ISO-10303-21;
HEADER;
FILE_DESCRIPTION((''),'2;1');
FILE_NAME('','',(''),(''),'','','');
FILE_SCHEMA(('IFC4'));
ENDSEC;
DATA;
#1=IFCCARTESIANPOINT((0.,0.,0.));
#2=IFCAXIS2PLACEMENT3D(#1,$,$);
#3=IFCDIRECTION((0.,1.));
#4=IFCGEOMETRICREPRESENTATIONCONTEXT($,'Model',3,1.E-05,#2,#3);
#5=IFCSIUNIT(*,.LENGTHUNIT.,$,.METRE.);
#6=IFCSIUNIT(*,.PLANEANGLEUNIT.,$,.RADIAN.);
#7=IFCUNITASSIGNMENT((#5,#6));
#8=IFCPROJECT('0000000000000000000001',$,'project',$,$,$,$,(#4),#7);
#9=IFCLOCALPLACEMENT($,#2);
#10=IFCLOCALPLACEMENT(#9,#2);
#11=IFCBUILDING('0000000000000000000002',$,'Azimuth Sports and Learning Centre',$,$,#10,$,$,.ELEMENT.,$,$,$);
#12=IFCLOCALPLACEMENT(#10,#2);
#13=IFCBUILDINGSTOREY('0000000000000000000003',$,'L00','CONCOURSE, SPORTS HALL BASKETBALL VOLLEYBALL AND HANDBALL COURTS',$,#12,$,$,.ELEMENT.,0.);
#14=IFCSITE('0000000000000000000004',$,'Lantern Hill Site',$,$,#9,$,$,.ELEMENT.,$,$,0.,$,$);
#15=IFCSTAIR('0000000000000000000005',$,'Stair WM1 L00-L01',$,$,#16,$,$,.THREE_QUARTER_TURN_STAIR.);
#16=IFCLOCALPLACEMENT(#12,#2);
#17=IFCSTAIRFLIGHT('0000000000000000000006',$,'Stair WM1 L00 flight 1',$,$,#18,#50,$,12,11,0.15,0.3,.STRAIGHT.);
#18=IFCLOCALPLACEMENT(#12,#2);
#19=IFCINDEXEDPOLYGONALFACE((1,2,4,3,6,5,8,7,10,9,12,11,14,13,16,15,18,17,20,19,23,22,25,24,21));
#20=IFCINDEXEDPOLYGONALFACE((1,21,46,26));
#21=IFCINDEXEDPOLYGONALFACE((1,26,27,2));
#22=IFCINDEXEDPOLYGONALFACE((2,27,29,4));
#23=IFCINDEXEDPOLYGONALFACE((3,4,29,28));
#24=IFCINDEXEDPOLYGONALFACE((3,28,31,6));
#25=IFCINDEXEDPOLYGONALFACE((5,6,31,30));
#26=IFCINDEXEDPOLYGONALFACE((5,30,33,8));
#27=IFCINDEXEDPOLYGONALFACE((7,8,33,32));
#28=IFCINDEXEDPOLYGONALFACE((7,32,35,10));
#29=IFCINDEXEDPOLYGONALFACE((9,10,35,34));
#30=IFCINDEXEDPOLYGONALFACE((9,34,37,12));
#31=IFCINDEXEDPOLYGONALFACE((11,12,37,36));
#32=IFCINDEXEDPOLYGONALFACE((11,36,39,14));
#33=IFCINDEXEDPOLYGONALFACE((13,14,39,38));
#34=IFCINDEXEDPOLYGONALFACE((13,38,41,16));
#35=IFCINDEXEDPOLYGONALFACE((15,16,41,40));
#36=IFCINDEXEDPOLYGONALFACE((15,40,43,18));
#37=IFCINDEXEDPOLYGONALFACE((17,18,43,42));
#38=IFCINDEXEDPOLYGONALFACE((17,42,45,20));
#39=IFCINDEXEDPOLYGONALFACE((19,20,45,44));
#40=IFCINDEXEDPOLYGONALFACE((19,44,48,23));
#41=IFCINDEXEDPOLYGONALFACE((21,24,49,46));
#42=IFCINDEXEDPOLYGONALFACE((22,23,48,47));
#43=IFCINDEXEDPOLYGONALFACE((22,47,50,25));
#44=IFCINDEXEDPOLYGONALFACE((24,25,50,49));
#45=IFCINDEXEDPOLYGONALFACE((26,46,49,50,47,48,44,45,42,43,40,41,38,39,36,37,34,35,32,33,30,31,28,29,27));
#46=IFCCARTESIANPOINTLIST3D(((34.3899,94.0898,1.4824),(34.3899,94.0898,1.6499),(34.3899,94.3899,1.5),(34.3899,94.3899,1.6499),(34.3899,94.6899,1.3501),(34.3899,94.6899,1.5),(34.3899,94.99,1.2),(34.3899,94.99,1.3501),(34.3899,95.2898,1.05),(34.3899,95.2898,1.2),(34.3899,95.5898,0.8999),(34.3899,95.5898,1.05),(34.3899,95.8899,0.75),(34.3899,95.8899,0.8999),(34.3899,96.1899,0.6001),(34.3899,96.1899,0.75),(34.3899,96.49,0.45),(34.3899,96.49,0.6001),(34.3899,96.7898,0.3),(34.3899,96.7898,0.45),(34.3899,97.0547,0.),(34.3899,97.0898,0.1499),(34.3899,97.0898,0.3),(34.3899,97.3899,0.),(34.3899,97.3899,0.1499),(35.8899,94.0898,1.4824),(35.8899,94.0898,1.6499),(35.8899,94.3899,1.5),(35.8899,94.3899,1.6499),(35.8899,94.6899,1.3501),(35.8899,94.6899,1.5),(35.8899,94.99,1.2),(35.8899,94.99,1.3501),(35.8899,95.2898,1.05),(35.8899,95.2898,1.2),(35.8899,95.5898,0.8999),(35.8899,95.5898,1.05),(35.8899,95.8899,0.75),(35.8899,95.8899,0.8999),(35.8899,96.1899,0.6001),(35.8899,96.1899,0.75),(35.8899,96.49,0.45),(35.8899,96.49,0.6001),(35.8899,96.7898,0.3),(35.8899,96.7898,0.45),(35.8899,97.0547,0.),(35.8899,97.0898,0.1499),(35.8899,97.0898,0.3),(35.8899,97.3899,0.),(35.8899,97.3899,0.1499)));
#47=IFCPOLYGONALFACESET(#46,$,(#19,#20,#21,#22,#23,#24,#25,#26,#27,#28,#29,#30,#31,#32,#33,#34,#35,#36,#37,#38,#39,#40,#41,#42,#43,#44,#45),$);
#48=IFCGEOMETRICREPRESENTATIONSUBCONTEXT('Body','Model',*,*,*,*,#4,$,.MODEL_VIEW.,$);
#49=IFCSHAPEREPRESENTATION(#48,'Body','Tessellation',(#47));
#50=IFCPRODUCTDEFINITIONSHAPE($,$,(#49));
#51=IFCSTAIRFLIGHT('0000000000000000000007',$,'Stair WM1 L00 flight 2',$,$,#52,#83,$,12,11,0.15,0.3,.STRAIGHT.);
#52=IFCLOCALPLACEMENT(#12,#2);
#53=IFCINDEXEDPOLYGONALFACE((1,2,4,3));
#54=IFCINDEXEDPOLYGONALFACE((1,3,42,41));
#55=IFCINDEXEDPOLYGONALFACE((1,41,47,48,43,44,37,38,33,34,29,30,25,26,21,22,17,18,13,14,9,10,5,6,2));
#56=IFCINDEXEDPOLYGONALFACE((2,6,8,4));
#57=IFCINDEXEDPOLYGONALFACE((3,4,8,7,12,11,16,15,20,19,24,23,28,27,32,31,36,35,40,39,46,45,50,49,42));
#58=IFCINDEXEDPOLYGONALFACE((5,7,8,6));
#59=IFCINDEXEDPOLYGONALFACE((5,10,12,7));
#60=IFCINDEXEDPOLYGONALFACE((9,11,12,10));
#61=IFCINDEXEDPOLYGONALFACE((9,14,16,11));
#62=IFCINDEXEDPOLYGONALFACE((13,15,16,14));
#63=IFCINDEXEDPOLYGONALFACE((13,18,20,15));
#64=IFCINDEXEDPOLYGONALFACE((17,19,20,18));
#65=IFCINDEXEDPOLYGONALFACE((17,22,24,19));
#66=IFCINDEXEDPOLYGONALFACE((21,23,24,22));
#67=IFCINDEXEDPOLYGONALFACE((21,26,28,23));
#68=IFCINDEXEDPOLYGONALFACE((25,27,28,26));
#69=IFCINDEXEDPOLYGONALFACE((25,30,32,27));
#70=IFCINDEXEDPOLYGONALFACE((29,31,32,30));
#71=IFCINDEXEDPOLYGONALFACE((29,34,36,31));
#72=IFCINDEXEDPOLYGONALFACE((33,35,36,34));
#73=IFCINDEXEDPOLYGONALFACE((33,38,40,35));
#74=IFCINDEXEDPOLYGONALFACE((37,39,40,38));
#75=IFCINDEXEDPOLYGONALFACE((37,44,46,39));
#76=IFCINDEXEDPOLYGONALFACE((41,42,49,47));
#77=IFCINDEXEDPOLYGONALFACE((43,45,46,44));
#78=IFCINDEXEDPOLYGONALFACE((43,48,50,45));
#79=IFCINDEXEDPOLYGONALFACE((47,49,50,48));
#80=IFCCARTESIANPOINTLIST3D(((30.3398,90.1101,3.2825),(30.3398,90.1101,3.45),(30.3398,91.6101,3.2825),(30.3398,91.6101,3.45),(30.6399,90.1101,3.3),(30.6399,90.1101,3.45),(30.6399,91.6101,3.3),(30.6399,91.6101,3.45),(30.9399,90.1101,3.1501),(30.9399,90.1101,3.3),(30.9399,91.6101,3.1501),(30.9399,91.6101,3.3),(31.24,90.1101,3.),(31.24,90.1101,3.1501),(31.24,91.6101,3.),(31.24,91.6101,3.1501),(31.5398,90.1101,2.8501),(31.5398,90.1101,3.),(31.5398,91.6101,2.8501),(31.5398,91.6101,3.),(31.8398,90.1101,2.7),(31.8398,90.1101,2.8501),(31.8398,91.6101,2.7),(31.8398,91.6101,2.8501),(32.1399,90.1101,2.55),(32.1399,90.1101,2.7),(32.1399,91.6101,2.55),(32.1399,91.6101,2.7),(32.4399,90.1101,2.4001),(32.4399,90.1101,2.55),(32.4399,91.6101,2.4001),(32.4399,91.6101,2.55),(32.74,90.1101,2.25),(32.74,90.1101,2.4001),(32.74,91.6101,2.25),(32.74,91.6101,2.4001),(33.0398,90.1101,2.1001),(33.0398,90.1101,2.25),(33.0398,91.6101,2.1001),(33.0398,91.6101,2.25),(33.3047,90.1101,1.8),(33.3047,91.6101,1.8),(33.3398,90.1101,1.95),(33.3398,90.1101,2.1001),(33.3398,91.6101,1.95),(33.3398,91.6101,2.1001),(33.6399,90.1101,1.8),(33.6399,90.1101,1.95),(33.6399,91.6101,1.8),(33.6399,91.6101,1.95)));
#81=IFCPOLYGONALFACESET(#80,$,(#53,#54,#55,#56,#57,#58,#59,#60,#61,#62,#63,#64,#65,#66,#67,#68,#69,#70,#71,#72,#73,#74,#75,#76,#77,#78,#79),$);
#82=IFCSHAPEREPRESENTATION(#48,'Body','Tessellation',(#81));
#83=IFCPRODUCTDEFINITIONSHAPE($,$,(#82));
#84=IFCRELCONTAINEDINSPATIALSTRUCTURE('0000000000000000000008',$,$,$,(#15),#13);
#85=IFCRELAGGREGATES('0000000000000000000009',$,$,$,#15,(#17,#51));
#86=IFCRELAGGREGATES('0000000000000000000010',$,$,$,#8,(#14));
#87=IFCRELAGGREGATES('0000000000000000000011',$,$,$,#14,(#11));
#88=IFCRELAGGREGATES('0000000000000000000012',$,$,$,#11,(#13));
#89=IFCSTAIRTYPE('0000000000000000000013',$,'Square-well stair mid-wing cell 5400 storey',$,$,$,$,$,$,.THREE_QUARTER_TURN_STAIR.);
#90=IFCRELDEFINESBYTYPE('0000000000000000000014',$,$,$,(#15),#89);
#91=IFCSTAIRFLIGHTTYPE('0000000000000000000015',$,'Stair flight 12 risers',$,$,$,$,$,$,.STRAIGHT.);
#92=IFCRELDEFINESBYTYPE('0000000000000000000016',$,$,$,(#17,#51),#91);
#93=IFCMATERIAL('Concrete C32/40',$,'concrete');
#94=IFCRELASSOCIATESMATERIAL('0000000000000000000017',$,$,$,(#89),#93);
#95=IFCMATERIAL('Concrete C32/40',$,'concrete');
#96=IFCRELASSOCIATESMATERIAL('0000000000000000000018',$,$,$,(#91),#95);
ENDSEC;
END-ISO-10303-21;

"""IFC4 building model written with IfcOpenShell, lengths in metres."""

from ifc_helpers import new_model, si_unit, direction, frame, origin, place, context, subcontext, project, spatial, polyline, outline, extrude, material, type_object, element, aggregate, save


model = new_model("IFC4")

# Units and contexts
model_context = context("Model", 3, precision=1e-05, world=origin(), true_north=direction((0.0, 1.0)))
body_context = subcontext(model_context, "Body", "Model", "MODEL_VIEW")
ifc_project = project(units=[si_unit("LENGTHUNIT", "METRE"), si_unit("PLANEANGLEUNIT", "RADIAN")], contexts=[model_context])

# Site, building, storey
site_placement = place(None, origin())
site = spatial("IfcSite", under=ifc_project, at=site_placement, Name="Lantern Hill Site", CompositionType="ELEMENT", RefElevation=0.0)
building_placement = place(site_placement, origin())
building = spatial("IfcBuilding", under=site, at=building_placement, Name="Azimuth Sports and Learning Centre", CompositionType="ELEMENT")
storey_placement = place(building_placement, origin())
storey = spatial("IfcBuildingStorey", under=building, at=storey_placement, Name="L00", Description="CONCOURSE, SPORTS HALL BASKETBALL VOLLEYBALL AND HANDBALL COURTS", CompositionType="ELEMENT", Elevation=0.0)

# Stair, stair flights
ifc_material_1 = material(Name="Concrete C32/40", Category="concrete")
stair_type = type_object("IfcStairType", Name="Square-well stair mid-wing cell 5400 storey", PredefinedType="THREE_QUARTER_TURN_STAIR", material=ifc_material_1)
stair_placement = place(storey_placement, origin())
stair = element("IfcStair", 1, at=stair_placement, inside=storey, type_object=stair_type, Name="Stair WM1 L00-L01", PredefinedType="THREE_QUARTER_TURN_STAIR")
ifc_material_2 = material(Name="Concrete C32/40", Category="concrete")
stair_flight_type = type_object("IfcStairFlightType", Name="Stair flight 12 risers", PredefinedType="STRAIGHT", material=ifc_material_2)
stair_flight_1_placement = place(storey_placement, frame((35.1399, 97.3899, 0.0), z_axis=(0.0, 0.0, 1.0), x_axis=(0.0, -1.0, 0.0)))
stair_flight_1 = element("IfcStairFlight", 2, at=stair_flight_1_placement, type_object=stair_flight_type, Name="Stair WM1 L00 flight 1", NumberOfRisers=12, NumberOfTreads=11, PredefinedType="STRAIGHT", RiserHeight=0.15, TreadLength=0.3, context=body_context, shape_type="SweptSolid", body=[
    extrude(outline(polyline([(0.0, 0.0), (0.0, 0.1499), (0.3, 0.1499), (0.3, 0.3), (0.6001, 0.3), (0.6001, 0.45), (0.8999, 0.45), (0.8999, 0.6001), (1.2, 0.6001), (1.2, 0.75), (1.5, 0.75), (1.5, 0.8999), (1.8, 0.8999), (1.8, 1.05), (2.1001, 1.05), (2.1001, 1.2), (2.3999, 1.2), (2.3999, 1.3501), (2.7, 1.3501), (2.7, 1.5), (3.0, 1.5), (3.0, 1.6499), (3.3, 1.6499), (3.3, 1.8), (3.3, 1.4824), (0.3352, 0.0), (0.0, 0.0)])), frame((0.0, 0.75, 0.0), z_axis=(0.0, -1.0, 0.0), x_axis=(1.0, 0.0, 0.0)), (0.0, 0.0, 1.0), 1.5),
])
stair_flight_2_placement = place(storey_placement, frame((33.6399, 90.8601, 1.8), z_axis=(0.0, 0.0, 1.0), x_axis=(-1.0, 0.0, 0.0)))
stair_flight_2 = element("IfcStairFlight", 3, at=stair_flight_2_placement, type_object=stair_flight_type, Name="Stair WM1 L00 flight 2", NumberOfRisers=12, NumberOfTreads=11, PredefinedType="STRAIGHT", RiserHeight=0.15, TreadLength=0.3, context=body_context, shape_type="SweptSolid", body=[
    extrude(outline(polyline([(0.0, 0.0), (0.0, 0.1499), (0.3, 0.1499), (0.3, 0.3), (0.6001, 0.3), (0.6001, 0.45), (0.8999, 0.45), (0.8999, 0.6001), (1.2, 0.6001), (1.2, 0.75), (1.5, 0.75), (1.5, 0.8999), (1.8, 0.8999), (1.8, 1.05), (2.1001, 1.05), (2.1001, 1.2), (2.3999, 1.2), (2.3999, 1.3501), (2.7, 1.3501), (2.7, 1.5), (3.0, 1.5), (3.0, 1.6499), (3.3, 1.6499), (3.3, 1.8), (3.3, 1.4824), (0.3352, 0.0), (0.0, 0.0)])), frame((0.0, 0.75, 0.0), z_axis=(0.0, -1.0, 0.0), x_axis=(1.0, 0.0, 0.0)), (0.0, 0.0, 1.0), 1.5),
])
aggregate(stair, [stair_flight_1, stair_flight_2])

save(model, "model.ifc")
